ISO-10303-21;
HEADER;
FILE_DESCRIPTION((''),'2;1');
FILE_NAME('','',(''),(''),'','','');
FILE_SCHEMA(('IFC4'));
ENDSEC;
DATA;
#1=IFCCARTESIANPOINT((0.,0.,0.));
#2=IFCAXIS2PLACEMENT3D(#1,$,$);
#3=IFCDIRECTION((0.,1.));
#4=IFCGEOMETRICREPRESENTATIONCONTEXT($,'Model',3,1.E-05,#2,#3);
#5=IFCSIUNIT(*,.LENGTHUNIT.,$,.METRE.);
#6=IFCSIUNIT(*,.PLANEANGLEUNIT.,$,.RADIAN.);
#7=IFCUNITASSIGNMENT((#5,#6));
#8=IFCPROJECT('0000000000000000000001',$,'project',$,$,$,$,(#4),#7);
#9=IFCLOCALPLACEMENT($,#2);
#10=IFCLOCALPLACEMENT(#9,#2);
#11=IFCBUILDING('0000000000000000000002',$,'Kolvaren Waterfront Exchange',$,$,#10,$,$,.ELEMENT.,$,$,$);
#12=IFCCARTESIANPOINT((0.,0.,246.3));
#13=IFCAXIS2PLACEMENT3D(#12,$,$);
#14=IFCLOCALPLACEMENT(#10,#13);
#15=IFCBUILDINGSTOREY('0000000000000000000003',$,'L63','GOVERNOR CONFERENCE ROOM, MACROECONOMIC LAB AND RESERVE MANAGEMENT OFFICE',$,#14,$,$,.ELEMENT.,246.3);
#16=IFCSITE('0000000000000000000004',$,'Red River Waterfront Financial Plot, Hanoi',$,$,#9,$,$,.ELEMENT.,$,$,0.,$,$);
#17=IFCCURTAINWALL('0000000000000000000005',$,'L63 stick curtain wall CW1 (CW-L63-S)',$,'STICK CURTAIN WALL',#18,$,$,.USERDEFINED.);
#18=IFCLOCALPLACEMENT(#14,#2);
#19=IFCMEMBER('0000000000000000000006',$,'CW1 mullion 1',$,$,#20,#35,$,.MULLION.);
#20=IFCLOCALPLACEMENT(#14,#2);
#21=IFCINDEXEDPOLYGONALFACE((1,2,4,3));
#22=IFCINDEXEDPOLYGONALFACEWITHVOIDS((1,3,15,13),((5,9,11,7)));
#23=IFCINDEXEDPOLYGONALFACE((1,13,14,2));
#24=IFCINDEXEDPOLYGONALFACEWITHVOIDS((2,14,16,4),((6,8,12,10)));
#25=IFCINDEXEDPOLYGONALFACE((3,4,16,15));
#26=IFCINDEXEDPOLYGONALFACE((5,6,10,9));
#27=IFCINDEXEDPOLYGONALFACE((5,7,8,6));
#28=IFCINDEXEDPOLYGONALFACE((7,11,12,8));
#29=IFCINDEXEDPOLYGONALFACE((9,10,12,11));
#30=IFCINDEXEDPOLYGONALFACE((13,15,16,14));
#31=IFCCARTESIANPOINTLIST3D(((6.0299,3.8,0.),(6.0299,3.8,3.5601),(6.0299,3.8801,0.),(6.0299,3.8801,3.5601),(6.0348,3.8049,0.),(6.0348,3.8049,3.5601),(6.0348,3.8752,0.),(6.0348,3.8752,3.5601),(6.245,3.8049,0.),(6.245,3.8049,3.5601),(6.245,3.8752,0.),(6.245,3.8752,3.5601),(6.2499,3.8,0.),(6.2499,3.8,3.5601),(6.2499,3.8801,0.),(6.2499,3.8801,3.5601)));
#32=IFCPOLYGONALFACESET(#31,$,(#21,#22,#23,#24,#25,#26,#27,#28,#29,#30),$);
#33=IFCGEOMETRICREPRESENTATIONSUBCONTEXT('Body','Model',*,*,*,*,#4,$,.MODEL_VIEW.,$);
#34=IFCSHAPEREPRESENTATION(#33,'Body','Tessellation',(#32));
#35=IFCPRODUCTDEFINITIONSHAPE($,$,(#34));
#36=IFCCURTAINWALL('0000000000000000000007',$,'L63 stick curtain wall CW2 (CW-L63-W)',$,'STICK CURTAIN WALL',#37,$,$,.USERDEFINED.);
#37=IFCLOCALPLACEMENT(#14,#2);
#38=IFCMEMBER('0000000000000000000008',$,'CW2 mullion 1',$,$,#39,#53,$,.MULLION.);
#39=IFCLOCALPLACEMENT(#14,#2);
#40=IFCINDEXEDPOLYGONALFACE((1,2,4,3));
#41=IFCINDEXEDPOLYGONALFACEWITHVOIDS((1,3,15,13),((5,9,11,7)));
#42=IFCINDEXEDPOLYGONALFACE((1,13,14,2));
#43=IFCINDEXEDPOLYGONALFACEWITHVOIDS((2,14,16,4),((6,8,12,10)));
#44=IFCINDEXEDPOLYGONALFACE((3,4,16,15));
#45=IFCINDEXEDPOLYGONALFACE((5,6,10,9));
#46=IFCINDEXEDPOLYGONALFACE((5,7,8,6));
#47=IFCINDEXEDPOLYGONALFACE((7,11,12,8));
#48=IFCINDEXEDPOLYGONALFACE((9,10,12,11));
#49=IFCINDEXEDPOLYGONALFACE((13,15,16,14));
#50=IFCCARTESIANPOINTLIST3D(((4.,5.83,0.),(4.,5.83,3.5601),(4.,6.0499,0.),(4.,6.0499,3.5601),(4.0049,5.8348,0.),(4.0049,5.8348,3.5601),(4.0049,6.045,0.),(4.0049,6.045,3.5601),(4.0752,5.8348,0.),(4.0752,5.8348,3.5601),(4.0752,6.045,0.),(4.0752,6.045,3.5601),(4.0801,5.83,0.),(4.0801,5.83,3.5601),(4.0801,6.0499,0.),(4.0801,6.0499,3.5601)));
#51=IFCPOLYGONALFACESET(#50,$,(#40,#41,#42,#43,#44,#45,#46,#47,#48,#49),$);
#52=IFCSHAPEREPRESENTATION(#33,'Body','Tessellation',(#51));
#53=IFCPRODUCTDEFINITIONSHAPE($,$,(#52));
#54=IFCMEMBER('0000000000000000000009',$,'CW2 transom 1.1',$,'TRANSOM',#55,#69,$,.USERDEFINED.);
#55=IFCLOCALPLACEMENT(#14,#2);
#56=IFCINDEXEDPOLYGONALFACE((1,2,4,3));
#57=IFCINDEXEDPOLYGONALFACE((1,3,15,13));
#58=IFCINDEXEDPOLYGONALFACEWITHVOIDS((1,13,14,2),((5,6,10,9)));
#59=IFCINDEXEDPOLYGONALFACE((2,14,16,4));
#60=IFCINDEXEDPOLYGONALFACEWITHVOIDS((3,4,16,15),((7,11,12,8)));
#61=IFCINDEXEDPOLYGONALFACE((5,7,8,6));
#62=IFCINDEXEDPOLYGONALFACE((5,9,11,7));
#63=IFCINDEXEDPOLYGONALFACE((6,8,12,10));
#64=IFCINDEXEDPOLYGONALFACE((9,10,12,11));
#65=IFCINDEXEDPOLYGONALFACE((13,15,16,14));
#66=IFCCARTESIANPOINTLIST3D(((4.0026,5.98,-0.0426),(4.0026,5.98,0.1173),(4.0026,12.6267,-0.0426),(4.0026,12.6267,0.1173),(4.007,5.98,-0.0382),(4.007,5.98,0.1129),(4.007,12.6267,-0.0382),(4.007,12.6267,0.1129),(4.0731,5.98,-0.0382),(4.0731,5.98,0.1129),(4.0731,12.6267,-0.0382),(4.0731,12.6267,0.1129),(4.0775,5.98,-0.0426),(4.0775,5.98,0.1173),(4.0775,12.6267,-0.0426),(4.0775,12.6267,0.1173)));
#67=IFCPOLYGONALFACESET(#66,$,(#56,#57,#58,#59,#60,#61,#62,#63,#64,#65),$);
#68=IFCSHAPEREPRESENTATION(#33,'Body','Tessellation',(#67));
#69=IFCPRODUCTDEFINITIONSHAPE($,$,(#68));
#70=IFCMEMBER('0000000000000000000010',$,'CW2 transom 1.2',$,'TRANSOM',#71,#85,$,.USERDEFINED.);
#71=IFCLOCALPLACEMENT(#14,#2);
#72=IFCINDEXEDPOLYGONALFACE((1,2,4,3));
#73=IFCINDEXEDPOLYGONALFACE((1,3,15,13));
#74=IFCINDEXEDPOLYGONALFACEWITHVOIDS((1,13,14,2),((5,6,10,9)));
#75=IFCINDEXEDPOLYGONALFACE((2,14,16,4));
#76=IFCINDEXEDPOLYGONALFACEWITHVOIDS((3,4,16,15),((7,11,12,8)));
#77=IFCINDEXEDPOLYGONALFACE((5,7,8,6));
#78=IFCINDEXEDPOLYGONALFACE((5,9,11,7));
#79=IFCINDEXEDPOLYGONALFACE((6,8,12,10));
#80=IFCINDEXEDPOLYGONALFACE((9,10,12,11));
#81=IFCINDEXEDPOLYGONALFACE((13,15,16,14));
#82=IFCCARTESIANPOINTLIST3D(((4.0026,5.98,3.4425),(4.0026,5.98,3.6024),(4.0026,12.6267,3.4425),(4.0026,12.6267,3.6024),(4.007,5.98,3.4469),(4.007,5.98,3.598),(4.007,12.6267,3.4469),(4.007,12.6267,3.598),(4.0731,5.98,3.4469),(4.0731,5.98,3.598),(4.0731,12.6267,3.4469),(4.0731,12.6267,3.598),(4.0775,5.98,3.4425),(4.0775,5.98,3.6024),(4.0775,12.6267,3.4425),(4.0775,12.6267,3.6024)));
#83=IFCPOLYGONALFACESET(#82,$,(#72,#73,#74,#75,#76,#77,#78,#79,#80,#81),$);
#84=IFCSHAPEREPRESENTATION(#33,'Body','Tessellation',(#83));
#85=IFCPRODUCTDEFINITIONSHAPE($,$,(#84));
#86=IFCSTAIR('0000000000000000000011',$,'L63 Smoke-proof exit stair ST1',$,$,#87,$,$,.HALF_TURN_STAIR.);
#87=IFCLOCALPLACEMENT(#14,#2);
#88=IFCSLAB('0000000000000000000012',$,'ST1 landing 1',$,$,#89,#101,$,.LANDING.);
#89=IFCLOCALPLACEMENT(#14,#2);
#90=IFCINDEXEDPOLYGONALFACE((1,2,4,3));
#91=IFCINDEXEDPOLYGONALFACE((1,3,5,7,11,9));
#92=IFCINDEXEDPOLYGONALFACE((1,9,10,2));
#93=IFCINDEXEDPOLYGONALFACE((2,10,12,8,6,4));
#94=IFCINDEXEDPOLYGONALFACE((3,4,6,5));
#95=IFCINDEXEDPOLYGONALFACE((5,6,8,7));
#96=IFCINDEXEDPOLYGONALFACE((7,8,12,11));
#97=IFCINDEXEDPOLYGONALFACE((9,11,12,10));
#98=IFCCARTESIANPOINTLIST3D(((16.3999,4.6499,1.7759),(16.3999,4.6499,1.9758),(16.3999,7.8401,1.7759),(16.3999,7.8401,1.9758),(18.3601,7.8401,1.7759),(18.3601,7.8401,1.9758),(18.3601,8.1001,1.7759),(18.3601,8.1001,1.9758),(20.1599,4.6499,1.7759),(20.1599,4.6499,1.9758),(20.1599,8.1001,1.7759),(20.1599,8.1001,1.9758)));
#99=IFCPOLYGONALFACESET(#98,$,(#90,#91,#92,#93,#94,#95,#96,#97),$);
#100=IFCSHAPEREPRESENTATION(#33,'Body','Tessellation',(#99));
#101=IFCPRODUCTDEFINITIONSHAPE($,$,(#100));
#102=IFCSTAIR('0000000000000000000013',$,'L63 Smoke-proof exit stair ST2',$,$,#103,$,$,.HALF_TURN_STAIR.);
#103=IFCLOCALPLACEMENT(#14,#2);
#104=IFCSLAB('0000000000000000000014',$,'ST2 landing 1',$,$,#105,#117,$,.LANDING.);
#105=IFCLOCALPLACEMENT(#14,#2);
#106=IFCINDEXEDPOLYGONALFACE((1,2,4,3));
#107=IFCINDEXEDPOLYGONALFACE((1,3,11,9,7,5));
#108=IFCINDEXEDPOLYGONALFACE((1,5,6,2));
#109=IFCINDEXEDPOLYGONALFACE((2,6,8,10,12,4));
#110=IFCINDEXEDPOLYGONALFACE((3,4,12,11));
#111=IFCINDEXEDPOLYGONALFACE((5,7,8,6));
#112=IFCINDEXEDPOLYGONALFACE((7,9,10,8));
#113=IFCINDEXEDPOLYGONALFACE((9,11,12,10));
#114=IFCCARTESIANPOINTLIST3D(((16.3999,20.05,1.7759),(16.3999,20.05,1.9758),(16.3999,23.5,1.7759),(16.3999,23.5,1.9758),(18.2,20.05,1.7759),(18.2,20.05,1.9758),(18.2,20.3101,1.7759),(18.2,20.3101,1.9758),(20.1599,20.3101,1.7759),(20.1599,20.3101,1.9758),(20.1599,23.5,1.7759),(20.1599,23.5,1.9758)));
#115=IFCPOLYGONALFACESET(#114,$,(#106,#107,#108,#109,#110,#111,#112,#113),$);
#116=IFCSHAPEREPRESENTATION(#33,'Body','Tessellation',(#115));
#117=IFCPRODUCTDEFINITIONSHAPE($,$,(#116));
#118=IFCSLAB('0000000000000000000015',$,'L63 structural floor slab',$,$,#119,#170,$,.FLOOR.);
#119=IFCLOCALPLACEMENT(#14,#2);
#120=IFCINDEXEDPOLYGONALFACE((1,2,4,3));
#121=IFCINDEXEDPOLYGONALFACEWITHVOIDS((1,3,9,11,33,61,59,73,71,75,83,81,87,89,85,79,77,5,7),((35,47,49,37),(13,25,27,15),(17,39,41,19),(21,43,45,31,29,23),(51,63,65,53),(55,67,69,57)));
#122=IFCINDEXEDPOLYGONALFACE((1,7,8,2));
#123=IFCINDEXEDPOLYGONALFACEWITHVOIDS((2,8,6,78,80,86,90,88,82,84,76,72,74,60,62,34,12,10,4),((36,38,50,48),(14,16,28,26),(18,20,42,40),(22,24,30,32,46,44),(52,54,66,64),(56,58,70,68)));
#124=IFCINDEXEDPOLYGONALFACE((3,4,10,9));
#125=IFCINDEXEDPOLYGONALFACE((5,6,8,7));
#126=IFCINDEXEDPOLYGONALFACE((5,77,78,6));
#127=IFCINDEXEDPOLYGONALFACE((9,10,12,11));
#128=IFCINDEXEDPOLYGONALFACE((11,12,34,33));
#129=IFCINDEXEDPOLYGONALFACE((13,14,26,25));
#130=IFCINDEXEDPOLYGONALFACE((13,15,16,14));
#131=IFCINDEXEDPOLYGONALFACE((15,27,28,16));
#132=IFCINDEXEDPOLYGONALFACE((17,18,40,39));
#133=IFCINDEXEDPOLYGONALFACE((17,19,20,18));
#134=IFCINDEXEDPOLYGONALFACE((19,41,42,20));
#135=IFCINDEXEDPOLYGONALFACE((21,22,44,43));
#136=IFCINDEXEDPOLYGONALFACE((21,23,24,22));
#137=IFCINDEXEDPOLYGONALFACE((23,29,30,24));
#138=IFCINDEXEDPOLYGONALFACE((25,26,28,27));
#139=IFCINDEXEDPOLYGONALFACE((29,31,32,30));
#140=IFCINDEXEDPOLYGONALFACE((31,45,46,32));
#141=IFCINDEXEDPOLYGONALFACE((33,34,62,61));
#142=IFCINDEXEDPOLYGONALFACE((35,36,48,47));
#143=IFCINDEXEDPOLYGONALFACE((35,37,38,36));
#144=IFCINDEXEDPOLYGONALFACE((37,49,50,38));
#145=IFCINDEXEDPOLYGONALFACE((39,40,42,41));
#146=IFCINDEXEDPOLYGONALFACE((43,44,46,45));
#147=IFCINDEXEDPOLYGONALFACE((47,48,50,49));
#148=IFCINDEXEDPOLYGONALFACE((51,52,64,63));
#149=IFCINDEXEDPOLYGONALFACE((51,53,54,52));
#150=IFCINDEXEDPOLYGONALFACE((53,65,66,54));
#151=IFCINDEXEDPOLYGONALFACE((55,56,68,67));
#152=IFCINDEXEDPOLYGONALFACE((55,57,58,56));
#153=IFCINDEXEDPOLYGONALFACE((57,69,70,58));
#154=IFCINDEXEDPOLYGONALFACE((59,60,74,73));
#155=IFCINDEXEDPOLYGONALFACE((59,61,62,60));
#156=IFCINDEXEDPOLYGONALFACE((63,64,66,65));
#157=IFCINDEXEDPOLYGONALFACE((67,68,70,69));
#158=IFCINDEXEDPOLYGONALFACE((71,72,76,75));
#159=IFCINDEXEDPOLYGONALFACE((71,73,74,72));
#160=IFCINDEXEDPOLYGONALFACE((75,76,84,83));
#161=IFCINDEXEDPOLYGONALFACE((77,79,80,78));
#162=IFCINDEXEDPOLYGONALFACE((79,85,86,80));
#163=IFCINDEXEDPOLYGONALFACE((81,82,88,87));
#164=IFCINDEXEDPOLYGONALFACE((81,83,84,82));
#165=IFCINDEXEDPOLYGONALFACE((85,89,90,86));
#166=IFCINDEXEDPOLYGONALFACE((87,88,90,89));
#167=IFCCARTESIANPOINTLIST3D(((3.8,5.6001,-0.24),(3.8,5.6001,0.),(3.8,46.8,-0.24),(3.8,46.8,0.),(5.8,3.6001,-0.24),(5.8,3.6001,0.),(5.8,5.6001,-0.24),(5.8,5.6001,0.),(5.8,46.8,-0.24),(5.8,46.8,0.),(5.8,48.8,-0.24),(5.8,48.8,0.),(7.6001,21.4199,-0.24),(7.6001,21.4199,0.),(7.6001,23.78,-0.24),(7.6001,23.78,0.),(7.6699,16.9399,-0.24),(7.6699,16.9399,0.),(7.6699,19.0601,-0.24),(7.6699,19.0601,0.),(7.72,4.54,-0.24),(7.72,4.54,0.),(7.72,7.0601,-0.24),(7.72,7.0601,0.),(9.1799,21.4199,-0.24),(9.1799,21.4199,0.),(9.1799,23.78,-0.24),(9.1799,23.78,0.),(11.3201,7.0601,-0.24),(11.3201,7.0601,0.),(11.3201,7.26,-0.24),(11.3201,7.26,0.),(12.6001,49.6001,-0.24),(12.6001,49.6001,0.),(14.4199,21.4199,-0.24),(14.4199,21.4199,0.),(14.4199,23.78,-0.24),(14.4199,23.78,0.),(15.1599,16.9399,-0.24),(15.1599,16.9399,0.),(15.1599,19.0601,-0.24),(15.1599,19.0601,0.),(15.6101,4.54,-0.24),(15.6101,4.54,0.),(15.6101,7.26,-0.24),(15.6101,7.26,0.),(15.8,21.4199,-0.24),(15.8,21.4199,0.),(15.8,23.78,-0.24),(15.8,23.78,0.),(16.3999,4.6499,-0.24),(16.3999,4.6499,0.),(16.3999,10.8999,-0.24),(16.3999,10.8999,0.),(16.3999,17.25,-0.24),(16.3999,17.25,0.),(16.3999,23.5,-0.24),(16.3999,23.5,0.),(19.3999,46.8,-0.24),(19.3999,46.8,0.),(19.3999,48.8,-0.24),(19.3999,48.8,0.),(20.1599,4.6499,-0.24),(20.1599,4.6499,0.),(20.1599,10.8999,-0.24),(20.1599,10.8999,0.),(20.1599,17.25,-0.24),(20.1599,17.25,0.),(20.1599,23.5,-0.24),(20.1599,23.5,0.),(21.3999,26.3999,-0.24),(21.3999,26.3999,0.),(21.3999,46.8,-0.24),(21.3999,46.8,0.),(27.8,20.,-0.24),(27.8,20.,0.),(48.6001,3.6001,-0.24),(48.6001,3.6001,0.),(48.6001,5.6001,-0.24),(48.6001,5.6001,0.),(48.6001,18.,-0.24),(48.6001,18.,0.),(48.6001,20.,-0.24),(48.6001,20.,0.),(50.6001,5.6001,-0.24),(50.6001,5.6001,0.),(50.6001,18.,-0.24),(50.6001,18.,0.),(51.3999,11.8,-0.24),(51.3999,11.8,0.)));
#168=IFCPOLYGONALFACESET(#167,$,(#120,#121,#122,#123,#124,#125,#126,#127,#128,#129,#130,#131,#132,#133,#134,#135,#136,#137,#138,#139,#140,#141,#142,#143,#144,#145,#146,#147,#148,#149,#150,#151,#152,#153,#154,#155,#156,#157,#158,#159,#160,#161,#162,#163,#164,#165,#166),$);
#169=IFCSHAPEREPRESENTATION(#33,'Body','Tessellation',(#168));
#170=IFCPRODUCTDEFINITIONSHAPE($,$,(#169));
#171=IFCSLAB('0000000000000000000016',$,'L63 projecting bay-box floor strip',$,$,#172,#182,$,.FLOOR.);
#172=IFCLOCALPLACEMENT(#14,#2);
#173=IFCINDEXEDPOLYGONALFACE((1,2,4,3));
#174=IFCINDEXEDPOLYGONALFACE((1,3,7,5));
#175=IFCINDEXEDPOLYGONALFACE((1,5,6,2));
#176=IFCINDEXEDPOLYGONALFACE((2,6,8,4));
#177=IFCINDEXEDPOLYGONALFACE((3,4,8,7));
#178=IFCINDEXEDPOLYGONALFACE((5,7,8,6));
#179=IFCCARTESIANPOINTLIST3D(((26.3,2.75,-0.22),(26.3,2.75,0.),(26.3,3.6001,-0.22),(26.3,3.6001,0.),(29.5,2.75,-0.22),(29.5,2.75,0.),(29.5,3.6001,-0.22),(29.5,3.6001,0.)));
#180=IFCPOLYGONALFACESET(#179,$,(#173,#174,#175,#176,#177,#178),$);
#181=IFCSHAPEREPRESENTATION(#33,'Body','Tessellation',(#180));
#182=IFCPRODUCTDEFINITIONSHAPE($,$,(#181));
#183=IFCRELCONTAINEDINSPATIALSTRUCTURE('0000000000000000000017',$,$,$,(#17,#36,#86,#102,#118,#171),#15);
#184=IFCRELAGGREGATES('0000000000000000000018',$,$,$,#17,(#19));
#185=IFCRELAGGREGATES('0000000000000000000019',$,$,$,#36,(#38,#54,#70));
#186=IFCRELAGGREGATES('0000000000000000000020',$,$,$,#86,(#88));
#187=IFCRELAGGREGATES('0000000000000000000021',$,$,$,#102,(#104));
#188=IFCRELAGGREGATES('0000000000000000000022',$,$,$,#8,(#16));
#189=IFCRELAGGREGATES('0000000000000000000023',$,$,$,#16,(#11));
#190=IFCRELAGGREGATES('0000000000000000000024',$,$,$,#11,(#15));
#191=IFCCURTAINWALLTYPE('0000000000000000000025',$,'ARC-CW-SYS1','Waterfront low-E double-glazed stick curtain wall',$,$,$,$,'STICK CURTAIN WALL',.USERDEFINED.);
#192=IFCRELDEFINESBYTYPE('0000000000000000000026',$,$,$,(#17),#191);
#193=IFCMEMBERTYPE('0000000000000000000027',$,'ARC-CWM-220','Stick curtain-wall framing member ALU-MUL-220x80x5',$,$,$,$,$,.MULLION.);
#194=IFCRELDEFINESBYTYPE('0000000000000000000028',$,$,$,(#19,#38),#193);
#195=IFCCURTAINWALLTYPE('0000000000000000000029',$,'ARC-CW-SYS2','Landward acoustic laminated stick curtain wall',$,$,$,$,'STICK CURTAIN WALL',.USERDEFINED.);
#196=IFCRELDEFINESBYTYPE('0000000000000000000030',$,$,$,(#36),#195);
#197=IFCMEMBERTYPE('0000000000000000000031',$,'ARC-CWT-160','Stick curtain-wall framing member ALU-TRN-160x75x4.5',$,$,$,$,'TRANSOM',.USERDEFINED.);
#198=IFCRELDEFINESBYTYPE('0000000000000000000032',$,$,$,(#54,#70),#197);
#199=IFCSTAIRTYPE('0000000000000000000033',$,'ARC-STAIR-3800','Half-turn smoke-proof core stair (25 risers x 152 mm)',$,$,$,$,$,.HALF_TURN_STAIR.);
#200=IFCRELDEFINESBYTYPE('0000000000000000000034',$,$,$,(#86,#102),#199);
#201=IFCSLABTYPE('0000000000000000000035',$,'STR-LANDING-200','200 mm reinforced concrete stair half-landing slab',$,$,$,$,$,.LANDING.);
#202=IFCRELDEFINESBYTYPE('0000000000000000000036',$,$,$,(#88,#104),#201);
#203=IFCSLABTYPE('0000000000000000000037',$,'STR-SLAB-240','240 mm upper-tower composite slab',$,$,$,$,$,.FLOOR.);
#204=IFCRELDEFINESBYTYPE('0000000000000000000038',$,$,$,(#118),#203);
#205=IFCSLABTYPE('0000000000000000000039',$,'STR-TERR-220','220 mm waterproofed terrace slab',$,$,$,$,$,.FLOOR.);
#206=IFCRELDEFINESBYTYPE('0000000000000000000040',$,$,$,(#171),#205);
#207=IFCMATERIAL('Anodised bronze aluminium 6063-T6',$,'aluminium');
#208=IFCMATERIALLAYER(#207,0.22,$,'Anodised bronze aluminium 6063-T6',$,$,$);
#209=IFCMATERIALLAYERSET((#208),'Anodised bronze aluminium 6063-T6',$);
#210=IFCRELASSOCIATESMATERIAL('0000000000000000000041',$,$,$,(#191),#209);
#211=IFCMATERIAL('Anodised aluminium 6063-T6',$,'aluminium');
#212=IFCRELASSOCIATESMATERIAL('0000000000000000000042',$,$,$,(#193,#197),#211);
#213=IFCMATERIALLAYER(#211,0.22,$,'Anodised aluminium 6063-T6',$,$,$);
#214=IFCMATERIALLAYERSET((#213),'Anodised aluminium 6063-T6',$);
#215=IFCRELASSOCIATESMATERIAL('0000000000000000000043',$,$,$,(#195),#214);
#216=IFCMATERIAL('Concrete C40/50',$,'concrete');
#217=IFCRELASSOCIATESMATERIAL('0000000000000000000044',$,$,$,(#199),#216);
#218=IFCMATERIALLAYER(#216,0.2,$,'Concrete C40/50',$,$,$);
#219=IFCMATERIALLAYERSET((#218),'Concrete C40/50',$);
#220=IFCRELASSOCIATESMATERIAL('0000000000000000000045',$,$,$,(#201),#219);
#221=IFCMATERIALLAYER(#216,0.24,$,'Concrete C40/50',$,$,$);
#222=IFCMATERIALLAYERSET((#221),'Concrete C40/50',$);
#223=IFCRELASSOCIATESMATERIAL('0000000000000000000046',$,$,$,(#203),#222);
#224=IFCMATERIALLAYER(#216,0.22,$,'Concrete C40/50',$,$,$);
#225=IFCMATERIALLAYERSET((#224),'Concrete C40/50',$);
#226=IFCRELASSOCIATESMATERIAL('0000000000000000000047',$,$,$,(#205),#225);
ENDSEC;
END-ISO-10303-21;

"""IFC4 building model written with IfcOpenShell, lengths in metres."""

from ifc_helpers import new_model, si_unit, direction, frame, origin, origin_with_axes, origin_2d, place, context, subcontext, project, spatial, polyline, hollow_rectangle, outline, extrude, source, transform, mapped, material, layer, layer_set, material_profile, profile_set, type_object, element, aggregate, save


model = new_model("IFC4")

# Units and contexts
model_context = context("Model", 3, precision=1e-05, world=origin(), true_north=direction((0.0, 1.0)))
body_context = subcontext(model_context, "Body", "Model", "MODEL_VIEW")
ifc_project = project(units=[si_unit("LENGTHUNIT", "METRE"), si_unit("PLANEANGLEUNIT", "RADIAN")], contexts=[model_context])

# Site, building, storey
site_placement = place(None, origin())
site = spatial("IfcSite", under=ifc_project, at=site_placement, Name="Red River Waterfront Financial Plot, Hanoi", CompositionType="ELEMENT", RefElevation=0.0)
building_placement = place(site_placement, origin())
building = spatial("IfcBuilding", under=site, at=building_placement, Name="Kolvaren Waterfront Exchange", CompositionType="ELEMENT")
storey_placement = place(building_placement, frame((0.0, 0.0, 246.3)))
storey = spatial("IfcBuildingStorey", under=building, at=storey_placement, Name="L63", Description="GOVERNOR CONFERENCE ROOM, MACROECONOMIC LAB AND RESERVE MANAGEMENT OFFICE", CompositionType="ELEMENT", Elevation=246.3)

# Curtain wall, member
ifc_material_1 = material(Name="Anodised bronze aluminium 6063-T6", Category="aluminium")
ifc_layer_1 = layer(ifc_material_1, 0.22, Name="Anodised bronze aluminium 6063-T6")
ifc_layer_set_1 = layer_set([ifc_layer_1], Name="Anodised bronze aluminium 6063-T6")
curtain_wall_type_1 = type_object("IfcCurtainWallType", Name="ARC-CW-SYS1", Description="Waterfront low-E double-glazed stick curtain wall", ElementType="STICK CURTAIN WALL", PredefinedType="USERDEFINED", material=ifc_layer_set_1)
curtain_wall_1_placement = place(storey_placement, origin())
curtain_wall_1 = element("IfcCurtainWall", 1, at=curtain_wall_1_placement, inside=storey, type_object=curtain_wall_type_1, Name="L63 stick curtain wall CW1 (CW-L63-S)", ObjectType="STICK CURTAIN WALL", PredefinedType="USERDEFINED")
ifc_material_2 = material(Name="Anodised aluminium 6063-T6", Category="aluminium")
ifc_material_profile_1 = material_profile(ifc_material_2, hollow_rectangle(XDim=0.0801, YDim=0.22, WallThickness=0.0049, at=origin_2d()), Name="ALU-MUL-220x80x5")
ifc_profile_set_1 = profile_set([ifc_material_profile_1], Name="Anodised aluminium 6063-T6")
member_type_1 = type_object("IfcMemberType", Name="ARC-CWM-220", Description="Stick curtain-wall framing member ALU-MUL-220x80x5", PredefinedType="MULLION", material=ifc_profile_set_1)
shared_shape_1 = source(origin_with_axes(), body_context, "Body", "SweptSolid", [
    extrude(hollow_rectangle(XDim=0.0801, YDim=0.22, WallThickness=0.0049, at=origin_2d()), origin(), (0.0, 0.0, 1.0), 3.5601),
])
member_1_placement = place(storey_placement, frame((6.1399, 3.8401, 0.0), z_axis=(0.0, 0.0, 1.0), x_axis=(0.0, 1.0, 0.0)))
member_1 = element("IfcMember", 2, at=member_1_placement, type_object=member_type_1, Name="CW1 mullion 1", PredefinedType="MULLION", context=body_context, shape_type="MappedRepresentation", body=[
    mapped(shared_shape_1, transform((0.0, 0.0, 0.0), x_axis=(1.0, 0.0, 0.0), y_axis=(0.0, 1.0, 0.0), z_axis=(0.0, 0.0, 1.0), scale=1.0)),
])
aggregate(curtain_wall_1, [member_1])

# Curtain wall, members
ifc_layer_2 = layer(ifc_material_2, 0.22, Name="Anodised aluminium 6063-T6")
ifc_layer_set_2 = layer_set([ifc_layer_2], Name="Anodised aluminium 6063-T6")
curtain_wall_type_2 = type_object("IfcCurtainWallType", Name="ARC-CW-SYS2", Description="Landward acoustic laminated stick curtain wall", ElementType="STICK CURTAIN WALL", PredefinedType="USERDEFINED", material=ifc_layer_set_2)
curtain_wall_2_placement = place(storey_placement, origin())
curtain_wall_2 = element("IfcCurtainWall", 3, at=curtain_wall_2_placement, inside=storey, type_object=curtain_wall_type_2, Name="L63 stick curtain wall CW2 (CW-L63-W)", ObjectType="STICK CURTAIN WALL", PredefinedType="USERDEFINED")
member_2_placement = place(storey_placement, frame((4.04, 5.9399, 0.0), z_axis=(0.0, 0.0, 1.0), x_axis=(-1.0, 0.0, 0.0)))
member_2 = element("IfcMember", 4, at=member_2_placement, type_object=member_type_1, Name="CW2 mullion 1", PredefinedType="MULLION", context=body_context, shape_type="MappedRepresentation", body=[
    mapped(shared_shape_1, transform((0.0, 0.0, 0.0), x_axis=(1.0, 0.0, 0.0), y_axis=(0.0, 1.0, 0.0), z_axis=(0.0, 0.0, 1.0), scale=1.0)),
])
ifc_material_profile_2 = material_profile(ifc_material_2, hollow_rectangle(XDim=0.075, YDim=0.1599, WallThickness=0.0044, at=origin_2d()), Name="ALU-TRN-160x75x4.5")
ifc_profile_set_2 = profile_set([ifc_material_profile_2], Name="Anodised aluminium 6063-T6")
member_type_2 = type_object("IfcMemberType", Name="ARC-CWT-160", Description="Stick curtain-wall framing member ALU-TRN-160x75x4.5", ElementType="TRANSOM", PredefinedType="USERDEFINED", material=ifc_profile_set_2)
shared_shape_2 = source(origin_with_axes(), body_context, "Body", "SweptSolid", [
    extrude(hollow_rectangle(XDim=0.075, YDim=0.1599, WallThickness=0.0044, at=origin_2d()), origin(), (0.0, 0.0, 1.0), 6.6467),
])
member_3_placement = place(storey_placement, frame((4.04, 5.98, 0.0374), z_axis=(0.0, 1.0, 0.0), x_axis=(-1.0, 0.0, 0.0)))
member_3 = element("IfcMember", 5, at=member_3_placement, type_object=member_type_2, Name="CW2 transom 1.1", ObjectType="TRANSOM", PredefinedType="USERDEFINED", context=body_context, shape_type="MappedRepresentation", body=[
    mapped(shared_shape_2, transform((0.0, 0.0, 0.0), x_axis=(1.0, 0.0, 0.0), y_axis=(0.0, 1.0, 0.0), z_axis=(0.0, 0.0, 1.0), scale=1.0)),
])
member_4_placement = place(storey_placement, frame((4.04, 5.98, 3.5225), z_axis=(0.0, 1.0, 0.0), x_axis=(-1.0, 0.0, 0.0)))
member_4 = element("IfcMember", 6, at=member_4_placement, type_object=member_type_2, Name="CW2 transom 1.2", ObjectType="TRANSOM", PredefinedType="USERDEFINED", context=body_context, shape_type="MappedRepresentation", body=[
    mapped(shared_shape_2, transform((0.0, 0.0, 0.0), x_axis=(1.0, 0.0, 0.0), y_axis=(0.0, 1.0, 0.0), z_axis=(0.0, 0.0, 1.0), scale=1.0)),
])
aggregate(curtain_wall_2, [member_2, member_3, member_4])

# Stairs, slabs
ifc_material_3 = material(Name="Concrete C40/50", Category="concrete")
stair_type = type_object("IfcStairType", Name="ARC-STAIR-3800", Description="Half-turn smoke-proof core stair (25 risers x 152 mm)", PredefinedType="HALF_TURN_STAIR", material=ifc_material_3)
stair_1_placement = place(storey_placement, origin())
stair_1 = element("IfcStair", 7, at=stair_1_placement, inside=storey, type_object=stair_type, Name="L63 Smoke-proof exit stair ST1", PredefinedType="HALF_TURN_STAIR")
ifc_layer_3 = layer(ifc_material_3, 0.2, Name="Concrete C40/50")
ifc_layer_set_3 = layer_set([ifc_layer_3], Name="Concrete C40/50")
slab_type_1 = type_object("IfcSlabType", Name="STR-LANDING-200", Description="200 mm reinforced concrete stair half-landing slab", PredefinedType="LANDING", material=ifc_layer_set_3)
slab_1_placement = place(storey_placement, frame((0.0, 0.0, 1.7759)))
slab_1 = element("IfcSlab", 8, at=slab_1_placement, type_object=slab_type_1, Name="ST1 landing 1", PredefinedType="LANDING", context=body_context, shape_type="SweptSolid", body=[
    extrude(outline(polyline([(16.3999, 7.8401), (16.3999, 4.6499), (20.1599, 4.6499), (20.1599, 8.1001), (18.3601, 8.1001), (18.3601, 7.8401), (16.3999, 7.8401)])), origin(), (0.0, 0.0, 1.0), 0.2),
])
aggregate(stair_1, [slab_1])
stair_2_placement = place(storey_placement, origin())
stair_2 = element("IfcStair", 9, at=stair_2_placement, inside=storey, type_object=stair_type, Name="L63 Smoke-proof exit stair ST2", PredefinedType="HALF_TURN_STAIR")
slab_2_placement = place(storey_placement, frame((0.0, 0.0, 1.7759)))
slab_2 = element("IfcSlab", 10, at=slab_2_placement, type_object=slab_type_1, Name="ST2 landing 1", PredefinedType="LANDING", context=body_context, shape_type="SweptSolid", body=[
    extrude(outline(polyline([(20.1599, 20.3101), (20.1599, 23.5), (16.3999, 23.5), (16.3999, 20.05), (18.2, 20.05), (18.2, 20.3101), (20.1599, 20.3101)])), origin(), (0.0, 0.0, 1.0), 0.2),
])
aggregate(stair_2, [slab_2])

# Slabs
ifc_layer_4 = layer(ifc_material_3, 0.24, Name="Concrete C40/50")
ifc_layer_set_4 = layer_set([ifc_layer_4], Name="Concrete C40/50")
slab_type_2 = type_object("IfcSlabType", Name="STR-SLAB-240", Description="240 mm upper-tower composite slab", PredefinedType="FLOOR", material=ifc_layer_set_4)
slab_3_placement = place(storey_placement, frame((0.0, 0.0, -0.24)))
element("IfcSlab", 11, at=slab_3_placement, inside=storey, type_object=slab_type_2, Name="L63 structural floor slab", PredefinedType="FLOOR", context=body_context, shape_type="SweptSolid", body=[
    extrude(outline(polyline([(5.8, 3.6001), (48.6001, 3.6001), (48.6001, 5.6001), (50.6001, 5.6001), (51.3999, 11.8), (50.6001, 18.0), (48.6001, 18.0), (48.6001, 20.0), (27.8, 20.0), (21.3999, 26.3999), (21.3999, 46.8), (19.3999, 46.8), (19.3999, 48.8), (12.6001, 49.6001), (5.8, 48.8), (5.8, 46.8), (3.8, 46.8), (3.8, 5.6001), (5.8, 5.6001), (5.8, 3.6001)]), holes=[polyline([(11.3201, 7.26), (15.6101, 7.26), (15.6101, 4.54), (7.72, 4.54), (7.72, 7.0601), (11.3201, 7.0601), (11.3201, 7.26)]), polyline([(20.1599, 10.8999), (20.1599, 4.6499), (16.3999, 4.6499), (16.3999, 10.8999), (20.1599, 10.8999)]), polyline([(7.6699, 19.0601), (15.1599, 19.0601), (15.1599, 16.9399), (7.6699, 16.9399), (7.6699, 19.0601)]), polyline([(16.3999, 17.25), (16.3999, 23.5), (20.1599, 23.5), (20.1599, 17.25), (16.3999, 17.25)]), polyline([(7.6001, 23.78), (9.1799, 23.78), (9.1799, 21.4199), (7.6001, 21.4199), (7.6001, 23.78)]), polyline([(14.4199, 23.78), (15.8, 23.78), (15.8, 21.4199), (14.4199, 21.4199), (14.4199, 23.78)])]), origin(), (0.0, 0.0, 1.0), 0.24),
])
ifc_layer_5 = layer(ifc_material_3, 0.22, Name="Concrete C40/50")
ifc_layer_set_5 = layer_set([ifc_layer_5], Name="Concrete C40/50")
slab_type_3 = type_object("IfcSlabType", Name="STR-TERR-220", Description="220 mm waterproofed terrace slab", PredefinedType="FLOOR", material=ifc_layer_set_5)
slab_4_placement = place(storey_placement, frame((0.0, 0.0, -0.22)))
element("IfcSlab", 12, at=slab_4_placement, inside=storey, type_object=slab_type_3, Name="L63 projecting bay-box floor strip", PredefinedType="FLOOR", context=body_context, shape_type="SweptSolid", body=[
    extrude(outline(polyline([(26.3, 2.75), (29.5, 2.75), (29.5, 3.6001), (26.3, 3.6001), (26.3, 2.75)])), origin(), (0.0, 0.0, 1.0), 0.22),
])

save(model, "model.ifc")
